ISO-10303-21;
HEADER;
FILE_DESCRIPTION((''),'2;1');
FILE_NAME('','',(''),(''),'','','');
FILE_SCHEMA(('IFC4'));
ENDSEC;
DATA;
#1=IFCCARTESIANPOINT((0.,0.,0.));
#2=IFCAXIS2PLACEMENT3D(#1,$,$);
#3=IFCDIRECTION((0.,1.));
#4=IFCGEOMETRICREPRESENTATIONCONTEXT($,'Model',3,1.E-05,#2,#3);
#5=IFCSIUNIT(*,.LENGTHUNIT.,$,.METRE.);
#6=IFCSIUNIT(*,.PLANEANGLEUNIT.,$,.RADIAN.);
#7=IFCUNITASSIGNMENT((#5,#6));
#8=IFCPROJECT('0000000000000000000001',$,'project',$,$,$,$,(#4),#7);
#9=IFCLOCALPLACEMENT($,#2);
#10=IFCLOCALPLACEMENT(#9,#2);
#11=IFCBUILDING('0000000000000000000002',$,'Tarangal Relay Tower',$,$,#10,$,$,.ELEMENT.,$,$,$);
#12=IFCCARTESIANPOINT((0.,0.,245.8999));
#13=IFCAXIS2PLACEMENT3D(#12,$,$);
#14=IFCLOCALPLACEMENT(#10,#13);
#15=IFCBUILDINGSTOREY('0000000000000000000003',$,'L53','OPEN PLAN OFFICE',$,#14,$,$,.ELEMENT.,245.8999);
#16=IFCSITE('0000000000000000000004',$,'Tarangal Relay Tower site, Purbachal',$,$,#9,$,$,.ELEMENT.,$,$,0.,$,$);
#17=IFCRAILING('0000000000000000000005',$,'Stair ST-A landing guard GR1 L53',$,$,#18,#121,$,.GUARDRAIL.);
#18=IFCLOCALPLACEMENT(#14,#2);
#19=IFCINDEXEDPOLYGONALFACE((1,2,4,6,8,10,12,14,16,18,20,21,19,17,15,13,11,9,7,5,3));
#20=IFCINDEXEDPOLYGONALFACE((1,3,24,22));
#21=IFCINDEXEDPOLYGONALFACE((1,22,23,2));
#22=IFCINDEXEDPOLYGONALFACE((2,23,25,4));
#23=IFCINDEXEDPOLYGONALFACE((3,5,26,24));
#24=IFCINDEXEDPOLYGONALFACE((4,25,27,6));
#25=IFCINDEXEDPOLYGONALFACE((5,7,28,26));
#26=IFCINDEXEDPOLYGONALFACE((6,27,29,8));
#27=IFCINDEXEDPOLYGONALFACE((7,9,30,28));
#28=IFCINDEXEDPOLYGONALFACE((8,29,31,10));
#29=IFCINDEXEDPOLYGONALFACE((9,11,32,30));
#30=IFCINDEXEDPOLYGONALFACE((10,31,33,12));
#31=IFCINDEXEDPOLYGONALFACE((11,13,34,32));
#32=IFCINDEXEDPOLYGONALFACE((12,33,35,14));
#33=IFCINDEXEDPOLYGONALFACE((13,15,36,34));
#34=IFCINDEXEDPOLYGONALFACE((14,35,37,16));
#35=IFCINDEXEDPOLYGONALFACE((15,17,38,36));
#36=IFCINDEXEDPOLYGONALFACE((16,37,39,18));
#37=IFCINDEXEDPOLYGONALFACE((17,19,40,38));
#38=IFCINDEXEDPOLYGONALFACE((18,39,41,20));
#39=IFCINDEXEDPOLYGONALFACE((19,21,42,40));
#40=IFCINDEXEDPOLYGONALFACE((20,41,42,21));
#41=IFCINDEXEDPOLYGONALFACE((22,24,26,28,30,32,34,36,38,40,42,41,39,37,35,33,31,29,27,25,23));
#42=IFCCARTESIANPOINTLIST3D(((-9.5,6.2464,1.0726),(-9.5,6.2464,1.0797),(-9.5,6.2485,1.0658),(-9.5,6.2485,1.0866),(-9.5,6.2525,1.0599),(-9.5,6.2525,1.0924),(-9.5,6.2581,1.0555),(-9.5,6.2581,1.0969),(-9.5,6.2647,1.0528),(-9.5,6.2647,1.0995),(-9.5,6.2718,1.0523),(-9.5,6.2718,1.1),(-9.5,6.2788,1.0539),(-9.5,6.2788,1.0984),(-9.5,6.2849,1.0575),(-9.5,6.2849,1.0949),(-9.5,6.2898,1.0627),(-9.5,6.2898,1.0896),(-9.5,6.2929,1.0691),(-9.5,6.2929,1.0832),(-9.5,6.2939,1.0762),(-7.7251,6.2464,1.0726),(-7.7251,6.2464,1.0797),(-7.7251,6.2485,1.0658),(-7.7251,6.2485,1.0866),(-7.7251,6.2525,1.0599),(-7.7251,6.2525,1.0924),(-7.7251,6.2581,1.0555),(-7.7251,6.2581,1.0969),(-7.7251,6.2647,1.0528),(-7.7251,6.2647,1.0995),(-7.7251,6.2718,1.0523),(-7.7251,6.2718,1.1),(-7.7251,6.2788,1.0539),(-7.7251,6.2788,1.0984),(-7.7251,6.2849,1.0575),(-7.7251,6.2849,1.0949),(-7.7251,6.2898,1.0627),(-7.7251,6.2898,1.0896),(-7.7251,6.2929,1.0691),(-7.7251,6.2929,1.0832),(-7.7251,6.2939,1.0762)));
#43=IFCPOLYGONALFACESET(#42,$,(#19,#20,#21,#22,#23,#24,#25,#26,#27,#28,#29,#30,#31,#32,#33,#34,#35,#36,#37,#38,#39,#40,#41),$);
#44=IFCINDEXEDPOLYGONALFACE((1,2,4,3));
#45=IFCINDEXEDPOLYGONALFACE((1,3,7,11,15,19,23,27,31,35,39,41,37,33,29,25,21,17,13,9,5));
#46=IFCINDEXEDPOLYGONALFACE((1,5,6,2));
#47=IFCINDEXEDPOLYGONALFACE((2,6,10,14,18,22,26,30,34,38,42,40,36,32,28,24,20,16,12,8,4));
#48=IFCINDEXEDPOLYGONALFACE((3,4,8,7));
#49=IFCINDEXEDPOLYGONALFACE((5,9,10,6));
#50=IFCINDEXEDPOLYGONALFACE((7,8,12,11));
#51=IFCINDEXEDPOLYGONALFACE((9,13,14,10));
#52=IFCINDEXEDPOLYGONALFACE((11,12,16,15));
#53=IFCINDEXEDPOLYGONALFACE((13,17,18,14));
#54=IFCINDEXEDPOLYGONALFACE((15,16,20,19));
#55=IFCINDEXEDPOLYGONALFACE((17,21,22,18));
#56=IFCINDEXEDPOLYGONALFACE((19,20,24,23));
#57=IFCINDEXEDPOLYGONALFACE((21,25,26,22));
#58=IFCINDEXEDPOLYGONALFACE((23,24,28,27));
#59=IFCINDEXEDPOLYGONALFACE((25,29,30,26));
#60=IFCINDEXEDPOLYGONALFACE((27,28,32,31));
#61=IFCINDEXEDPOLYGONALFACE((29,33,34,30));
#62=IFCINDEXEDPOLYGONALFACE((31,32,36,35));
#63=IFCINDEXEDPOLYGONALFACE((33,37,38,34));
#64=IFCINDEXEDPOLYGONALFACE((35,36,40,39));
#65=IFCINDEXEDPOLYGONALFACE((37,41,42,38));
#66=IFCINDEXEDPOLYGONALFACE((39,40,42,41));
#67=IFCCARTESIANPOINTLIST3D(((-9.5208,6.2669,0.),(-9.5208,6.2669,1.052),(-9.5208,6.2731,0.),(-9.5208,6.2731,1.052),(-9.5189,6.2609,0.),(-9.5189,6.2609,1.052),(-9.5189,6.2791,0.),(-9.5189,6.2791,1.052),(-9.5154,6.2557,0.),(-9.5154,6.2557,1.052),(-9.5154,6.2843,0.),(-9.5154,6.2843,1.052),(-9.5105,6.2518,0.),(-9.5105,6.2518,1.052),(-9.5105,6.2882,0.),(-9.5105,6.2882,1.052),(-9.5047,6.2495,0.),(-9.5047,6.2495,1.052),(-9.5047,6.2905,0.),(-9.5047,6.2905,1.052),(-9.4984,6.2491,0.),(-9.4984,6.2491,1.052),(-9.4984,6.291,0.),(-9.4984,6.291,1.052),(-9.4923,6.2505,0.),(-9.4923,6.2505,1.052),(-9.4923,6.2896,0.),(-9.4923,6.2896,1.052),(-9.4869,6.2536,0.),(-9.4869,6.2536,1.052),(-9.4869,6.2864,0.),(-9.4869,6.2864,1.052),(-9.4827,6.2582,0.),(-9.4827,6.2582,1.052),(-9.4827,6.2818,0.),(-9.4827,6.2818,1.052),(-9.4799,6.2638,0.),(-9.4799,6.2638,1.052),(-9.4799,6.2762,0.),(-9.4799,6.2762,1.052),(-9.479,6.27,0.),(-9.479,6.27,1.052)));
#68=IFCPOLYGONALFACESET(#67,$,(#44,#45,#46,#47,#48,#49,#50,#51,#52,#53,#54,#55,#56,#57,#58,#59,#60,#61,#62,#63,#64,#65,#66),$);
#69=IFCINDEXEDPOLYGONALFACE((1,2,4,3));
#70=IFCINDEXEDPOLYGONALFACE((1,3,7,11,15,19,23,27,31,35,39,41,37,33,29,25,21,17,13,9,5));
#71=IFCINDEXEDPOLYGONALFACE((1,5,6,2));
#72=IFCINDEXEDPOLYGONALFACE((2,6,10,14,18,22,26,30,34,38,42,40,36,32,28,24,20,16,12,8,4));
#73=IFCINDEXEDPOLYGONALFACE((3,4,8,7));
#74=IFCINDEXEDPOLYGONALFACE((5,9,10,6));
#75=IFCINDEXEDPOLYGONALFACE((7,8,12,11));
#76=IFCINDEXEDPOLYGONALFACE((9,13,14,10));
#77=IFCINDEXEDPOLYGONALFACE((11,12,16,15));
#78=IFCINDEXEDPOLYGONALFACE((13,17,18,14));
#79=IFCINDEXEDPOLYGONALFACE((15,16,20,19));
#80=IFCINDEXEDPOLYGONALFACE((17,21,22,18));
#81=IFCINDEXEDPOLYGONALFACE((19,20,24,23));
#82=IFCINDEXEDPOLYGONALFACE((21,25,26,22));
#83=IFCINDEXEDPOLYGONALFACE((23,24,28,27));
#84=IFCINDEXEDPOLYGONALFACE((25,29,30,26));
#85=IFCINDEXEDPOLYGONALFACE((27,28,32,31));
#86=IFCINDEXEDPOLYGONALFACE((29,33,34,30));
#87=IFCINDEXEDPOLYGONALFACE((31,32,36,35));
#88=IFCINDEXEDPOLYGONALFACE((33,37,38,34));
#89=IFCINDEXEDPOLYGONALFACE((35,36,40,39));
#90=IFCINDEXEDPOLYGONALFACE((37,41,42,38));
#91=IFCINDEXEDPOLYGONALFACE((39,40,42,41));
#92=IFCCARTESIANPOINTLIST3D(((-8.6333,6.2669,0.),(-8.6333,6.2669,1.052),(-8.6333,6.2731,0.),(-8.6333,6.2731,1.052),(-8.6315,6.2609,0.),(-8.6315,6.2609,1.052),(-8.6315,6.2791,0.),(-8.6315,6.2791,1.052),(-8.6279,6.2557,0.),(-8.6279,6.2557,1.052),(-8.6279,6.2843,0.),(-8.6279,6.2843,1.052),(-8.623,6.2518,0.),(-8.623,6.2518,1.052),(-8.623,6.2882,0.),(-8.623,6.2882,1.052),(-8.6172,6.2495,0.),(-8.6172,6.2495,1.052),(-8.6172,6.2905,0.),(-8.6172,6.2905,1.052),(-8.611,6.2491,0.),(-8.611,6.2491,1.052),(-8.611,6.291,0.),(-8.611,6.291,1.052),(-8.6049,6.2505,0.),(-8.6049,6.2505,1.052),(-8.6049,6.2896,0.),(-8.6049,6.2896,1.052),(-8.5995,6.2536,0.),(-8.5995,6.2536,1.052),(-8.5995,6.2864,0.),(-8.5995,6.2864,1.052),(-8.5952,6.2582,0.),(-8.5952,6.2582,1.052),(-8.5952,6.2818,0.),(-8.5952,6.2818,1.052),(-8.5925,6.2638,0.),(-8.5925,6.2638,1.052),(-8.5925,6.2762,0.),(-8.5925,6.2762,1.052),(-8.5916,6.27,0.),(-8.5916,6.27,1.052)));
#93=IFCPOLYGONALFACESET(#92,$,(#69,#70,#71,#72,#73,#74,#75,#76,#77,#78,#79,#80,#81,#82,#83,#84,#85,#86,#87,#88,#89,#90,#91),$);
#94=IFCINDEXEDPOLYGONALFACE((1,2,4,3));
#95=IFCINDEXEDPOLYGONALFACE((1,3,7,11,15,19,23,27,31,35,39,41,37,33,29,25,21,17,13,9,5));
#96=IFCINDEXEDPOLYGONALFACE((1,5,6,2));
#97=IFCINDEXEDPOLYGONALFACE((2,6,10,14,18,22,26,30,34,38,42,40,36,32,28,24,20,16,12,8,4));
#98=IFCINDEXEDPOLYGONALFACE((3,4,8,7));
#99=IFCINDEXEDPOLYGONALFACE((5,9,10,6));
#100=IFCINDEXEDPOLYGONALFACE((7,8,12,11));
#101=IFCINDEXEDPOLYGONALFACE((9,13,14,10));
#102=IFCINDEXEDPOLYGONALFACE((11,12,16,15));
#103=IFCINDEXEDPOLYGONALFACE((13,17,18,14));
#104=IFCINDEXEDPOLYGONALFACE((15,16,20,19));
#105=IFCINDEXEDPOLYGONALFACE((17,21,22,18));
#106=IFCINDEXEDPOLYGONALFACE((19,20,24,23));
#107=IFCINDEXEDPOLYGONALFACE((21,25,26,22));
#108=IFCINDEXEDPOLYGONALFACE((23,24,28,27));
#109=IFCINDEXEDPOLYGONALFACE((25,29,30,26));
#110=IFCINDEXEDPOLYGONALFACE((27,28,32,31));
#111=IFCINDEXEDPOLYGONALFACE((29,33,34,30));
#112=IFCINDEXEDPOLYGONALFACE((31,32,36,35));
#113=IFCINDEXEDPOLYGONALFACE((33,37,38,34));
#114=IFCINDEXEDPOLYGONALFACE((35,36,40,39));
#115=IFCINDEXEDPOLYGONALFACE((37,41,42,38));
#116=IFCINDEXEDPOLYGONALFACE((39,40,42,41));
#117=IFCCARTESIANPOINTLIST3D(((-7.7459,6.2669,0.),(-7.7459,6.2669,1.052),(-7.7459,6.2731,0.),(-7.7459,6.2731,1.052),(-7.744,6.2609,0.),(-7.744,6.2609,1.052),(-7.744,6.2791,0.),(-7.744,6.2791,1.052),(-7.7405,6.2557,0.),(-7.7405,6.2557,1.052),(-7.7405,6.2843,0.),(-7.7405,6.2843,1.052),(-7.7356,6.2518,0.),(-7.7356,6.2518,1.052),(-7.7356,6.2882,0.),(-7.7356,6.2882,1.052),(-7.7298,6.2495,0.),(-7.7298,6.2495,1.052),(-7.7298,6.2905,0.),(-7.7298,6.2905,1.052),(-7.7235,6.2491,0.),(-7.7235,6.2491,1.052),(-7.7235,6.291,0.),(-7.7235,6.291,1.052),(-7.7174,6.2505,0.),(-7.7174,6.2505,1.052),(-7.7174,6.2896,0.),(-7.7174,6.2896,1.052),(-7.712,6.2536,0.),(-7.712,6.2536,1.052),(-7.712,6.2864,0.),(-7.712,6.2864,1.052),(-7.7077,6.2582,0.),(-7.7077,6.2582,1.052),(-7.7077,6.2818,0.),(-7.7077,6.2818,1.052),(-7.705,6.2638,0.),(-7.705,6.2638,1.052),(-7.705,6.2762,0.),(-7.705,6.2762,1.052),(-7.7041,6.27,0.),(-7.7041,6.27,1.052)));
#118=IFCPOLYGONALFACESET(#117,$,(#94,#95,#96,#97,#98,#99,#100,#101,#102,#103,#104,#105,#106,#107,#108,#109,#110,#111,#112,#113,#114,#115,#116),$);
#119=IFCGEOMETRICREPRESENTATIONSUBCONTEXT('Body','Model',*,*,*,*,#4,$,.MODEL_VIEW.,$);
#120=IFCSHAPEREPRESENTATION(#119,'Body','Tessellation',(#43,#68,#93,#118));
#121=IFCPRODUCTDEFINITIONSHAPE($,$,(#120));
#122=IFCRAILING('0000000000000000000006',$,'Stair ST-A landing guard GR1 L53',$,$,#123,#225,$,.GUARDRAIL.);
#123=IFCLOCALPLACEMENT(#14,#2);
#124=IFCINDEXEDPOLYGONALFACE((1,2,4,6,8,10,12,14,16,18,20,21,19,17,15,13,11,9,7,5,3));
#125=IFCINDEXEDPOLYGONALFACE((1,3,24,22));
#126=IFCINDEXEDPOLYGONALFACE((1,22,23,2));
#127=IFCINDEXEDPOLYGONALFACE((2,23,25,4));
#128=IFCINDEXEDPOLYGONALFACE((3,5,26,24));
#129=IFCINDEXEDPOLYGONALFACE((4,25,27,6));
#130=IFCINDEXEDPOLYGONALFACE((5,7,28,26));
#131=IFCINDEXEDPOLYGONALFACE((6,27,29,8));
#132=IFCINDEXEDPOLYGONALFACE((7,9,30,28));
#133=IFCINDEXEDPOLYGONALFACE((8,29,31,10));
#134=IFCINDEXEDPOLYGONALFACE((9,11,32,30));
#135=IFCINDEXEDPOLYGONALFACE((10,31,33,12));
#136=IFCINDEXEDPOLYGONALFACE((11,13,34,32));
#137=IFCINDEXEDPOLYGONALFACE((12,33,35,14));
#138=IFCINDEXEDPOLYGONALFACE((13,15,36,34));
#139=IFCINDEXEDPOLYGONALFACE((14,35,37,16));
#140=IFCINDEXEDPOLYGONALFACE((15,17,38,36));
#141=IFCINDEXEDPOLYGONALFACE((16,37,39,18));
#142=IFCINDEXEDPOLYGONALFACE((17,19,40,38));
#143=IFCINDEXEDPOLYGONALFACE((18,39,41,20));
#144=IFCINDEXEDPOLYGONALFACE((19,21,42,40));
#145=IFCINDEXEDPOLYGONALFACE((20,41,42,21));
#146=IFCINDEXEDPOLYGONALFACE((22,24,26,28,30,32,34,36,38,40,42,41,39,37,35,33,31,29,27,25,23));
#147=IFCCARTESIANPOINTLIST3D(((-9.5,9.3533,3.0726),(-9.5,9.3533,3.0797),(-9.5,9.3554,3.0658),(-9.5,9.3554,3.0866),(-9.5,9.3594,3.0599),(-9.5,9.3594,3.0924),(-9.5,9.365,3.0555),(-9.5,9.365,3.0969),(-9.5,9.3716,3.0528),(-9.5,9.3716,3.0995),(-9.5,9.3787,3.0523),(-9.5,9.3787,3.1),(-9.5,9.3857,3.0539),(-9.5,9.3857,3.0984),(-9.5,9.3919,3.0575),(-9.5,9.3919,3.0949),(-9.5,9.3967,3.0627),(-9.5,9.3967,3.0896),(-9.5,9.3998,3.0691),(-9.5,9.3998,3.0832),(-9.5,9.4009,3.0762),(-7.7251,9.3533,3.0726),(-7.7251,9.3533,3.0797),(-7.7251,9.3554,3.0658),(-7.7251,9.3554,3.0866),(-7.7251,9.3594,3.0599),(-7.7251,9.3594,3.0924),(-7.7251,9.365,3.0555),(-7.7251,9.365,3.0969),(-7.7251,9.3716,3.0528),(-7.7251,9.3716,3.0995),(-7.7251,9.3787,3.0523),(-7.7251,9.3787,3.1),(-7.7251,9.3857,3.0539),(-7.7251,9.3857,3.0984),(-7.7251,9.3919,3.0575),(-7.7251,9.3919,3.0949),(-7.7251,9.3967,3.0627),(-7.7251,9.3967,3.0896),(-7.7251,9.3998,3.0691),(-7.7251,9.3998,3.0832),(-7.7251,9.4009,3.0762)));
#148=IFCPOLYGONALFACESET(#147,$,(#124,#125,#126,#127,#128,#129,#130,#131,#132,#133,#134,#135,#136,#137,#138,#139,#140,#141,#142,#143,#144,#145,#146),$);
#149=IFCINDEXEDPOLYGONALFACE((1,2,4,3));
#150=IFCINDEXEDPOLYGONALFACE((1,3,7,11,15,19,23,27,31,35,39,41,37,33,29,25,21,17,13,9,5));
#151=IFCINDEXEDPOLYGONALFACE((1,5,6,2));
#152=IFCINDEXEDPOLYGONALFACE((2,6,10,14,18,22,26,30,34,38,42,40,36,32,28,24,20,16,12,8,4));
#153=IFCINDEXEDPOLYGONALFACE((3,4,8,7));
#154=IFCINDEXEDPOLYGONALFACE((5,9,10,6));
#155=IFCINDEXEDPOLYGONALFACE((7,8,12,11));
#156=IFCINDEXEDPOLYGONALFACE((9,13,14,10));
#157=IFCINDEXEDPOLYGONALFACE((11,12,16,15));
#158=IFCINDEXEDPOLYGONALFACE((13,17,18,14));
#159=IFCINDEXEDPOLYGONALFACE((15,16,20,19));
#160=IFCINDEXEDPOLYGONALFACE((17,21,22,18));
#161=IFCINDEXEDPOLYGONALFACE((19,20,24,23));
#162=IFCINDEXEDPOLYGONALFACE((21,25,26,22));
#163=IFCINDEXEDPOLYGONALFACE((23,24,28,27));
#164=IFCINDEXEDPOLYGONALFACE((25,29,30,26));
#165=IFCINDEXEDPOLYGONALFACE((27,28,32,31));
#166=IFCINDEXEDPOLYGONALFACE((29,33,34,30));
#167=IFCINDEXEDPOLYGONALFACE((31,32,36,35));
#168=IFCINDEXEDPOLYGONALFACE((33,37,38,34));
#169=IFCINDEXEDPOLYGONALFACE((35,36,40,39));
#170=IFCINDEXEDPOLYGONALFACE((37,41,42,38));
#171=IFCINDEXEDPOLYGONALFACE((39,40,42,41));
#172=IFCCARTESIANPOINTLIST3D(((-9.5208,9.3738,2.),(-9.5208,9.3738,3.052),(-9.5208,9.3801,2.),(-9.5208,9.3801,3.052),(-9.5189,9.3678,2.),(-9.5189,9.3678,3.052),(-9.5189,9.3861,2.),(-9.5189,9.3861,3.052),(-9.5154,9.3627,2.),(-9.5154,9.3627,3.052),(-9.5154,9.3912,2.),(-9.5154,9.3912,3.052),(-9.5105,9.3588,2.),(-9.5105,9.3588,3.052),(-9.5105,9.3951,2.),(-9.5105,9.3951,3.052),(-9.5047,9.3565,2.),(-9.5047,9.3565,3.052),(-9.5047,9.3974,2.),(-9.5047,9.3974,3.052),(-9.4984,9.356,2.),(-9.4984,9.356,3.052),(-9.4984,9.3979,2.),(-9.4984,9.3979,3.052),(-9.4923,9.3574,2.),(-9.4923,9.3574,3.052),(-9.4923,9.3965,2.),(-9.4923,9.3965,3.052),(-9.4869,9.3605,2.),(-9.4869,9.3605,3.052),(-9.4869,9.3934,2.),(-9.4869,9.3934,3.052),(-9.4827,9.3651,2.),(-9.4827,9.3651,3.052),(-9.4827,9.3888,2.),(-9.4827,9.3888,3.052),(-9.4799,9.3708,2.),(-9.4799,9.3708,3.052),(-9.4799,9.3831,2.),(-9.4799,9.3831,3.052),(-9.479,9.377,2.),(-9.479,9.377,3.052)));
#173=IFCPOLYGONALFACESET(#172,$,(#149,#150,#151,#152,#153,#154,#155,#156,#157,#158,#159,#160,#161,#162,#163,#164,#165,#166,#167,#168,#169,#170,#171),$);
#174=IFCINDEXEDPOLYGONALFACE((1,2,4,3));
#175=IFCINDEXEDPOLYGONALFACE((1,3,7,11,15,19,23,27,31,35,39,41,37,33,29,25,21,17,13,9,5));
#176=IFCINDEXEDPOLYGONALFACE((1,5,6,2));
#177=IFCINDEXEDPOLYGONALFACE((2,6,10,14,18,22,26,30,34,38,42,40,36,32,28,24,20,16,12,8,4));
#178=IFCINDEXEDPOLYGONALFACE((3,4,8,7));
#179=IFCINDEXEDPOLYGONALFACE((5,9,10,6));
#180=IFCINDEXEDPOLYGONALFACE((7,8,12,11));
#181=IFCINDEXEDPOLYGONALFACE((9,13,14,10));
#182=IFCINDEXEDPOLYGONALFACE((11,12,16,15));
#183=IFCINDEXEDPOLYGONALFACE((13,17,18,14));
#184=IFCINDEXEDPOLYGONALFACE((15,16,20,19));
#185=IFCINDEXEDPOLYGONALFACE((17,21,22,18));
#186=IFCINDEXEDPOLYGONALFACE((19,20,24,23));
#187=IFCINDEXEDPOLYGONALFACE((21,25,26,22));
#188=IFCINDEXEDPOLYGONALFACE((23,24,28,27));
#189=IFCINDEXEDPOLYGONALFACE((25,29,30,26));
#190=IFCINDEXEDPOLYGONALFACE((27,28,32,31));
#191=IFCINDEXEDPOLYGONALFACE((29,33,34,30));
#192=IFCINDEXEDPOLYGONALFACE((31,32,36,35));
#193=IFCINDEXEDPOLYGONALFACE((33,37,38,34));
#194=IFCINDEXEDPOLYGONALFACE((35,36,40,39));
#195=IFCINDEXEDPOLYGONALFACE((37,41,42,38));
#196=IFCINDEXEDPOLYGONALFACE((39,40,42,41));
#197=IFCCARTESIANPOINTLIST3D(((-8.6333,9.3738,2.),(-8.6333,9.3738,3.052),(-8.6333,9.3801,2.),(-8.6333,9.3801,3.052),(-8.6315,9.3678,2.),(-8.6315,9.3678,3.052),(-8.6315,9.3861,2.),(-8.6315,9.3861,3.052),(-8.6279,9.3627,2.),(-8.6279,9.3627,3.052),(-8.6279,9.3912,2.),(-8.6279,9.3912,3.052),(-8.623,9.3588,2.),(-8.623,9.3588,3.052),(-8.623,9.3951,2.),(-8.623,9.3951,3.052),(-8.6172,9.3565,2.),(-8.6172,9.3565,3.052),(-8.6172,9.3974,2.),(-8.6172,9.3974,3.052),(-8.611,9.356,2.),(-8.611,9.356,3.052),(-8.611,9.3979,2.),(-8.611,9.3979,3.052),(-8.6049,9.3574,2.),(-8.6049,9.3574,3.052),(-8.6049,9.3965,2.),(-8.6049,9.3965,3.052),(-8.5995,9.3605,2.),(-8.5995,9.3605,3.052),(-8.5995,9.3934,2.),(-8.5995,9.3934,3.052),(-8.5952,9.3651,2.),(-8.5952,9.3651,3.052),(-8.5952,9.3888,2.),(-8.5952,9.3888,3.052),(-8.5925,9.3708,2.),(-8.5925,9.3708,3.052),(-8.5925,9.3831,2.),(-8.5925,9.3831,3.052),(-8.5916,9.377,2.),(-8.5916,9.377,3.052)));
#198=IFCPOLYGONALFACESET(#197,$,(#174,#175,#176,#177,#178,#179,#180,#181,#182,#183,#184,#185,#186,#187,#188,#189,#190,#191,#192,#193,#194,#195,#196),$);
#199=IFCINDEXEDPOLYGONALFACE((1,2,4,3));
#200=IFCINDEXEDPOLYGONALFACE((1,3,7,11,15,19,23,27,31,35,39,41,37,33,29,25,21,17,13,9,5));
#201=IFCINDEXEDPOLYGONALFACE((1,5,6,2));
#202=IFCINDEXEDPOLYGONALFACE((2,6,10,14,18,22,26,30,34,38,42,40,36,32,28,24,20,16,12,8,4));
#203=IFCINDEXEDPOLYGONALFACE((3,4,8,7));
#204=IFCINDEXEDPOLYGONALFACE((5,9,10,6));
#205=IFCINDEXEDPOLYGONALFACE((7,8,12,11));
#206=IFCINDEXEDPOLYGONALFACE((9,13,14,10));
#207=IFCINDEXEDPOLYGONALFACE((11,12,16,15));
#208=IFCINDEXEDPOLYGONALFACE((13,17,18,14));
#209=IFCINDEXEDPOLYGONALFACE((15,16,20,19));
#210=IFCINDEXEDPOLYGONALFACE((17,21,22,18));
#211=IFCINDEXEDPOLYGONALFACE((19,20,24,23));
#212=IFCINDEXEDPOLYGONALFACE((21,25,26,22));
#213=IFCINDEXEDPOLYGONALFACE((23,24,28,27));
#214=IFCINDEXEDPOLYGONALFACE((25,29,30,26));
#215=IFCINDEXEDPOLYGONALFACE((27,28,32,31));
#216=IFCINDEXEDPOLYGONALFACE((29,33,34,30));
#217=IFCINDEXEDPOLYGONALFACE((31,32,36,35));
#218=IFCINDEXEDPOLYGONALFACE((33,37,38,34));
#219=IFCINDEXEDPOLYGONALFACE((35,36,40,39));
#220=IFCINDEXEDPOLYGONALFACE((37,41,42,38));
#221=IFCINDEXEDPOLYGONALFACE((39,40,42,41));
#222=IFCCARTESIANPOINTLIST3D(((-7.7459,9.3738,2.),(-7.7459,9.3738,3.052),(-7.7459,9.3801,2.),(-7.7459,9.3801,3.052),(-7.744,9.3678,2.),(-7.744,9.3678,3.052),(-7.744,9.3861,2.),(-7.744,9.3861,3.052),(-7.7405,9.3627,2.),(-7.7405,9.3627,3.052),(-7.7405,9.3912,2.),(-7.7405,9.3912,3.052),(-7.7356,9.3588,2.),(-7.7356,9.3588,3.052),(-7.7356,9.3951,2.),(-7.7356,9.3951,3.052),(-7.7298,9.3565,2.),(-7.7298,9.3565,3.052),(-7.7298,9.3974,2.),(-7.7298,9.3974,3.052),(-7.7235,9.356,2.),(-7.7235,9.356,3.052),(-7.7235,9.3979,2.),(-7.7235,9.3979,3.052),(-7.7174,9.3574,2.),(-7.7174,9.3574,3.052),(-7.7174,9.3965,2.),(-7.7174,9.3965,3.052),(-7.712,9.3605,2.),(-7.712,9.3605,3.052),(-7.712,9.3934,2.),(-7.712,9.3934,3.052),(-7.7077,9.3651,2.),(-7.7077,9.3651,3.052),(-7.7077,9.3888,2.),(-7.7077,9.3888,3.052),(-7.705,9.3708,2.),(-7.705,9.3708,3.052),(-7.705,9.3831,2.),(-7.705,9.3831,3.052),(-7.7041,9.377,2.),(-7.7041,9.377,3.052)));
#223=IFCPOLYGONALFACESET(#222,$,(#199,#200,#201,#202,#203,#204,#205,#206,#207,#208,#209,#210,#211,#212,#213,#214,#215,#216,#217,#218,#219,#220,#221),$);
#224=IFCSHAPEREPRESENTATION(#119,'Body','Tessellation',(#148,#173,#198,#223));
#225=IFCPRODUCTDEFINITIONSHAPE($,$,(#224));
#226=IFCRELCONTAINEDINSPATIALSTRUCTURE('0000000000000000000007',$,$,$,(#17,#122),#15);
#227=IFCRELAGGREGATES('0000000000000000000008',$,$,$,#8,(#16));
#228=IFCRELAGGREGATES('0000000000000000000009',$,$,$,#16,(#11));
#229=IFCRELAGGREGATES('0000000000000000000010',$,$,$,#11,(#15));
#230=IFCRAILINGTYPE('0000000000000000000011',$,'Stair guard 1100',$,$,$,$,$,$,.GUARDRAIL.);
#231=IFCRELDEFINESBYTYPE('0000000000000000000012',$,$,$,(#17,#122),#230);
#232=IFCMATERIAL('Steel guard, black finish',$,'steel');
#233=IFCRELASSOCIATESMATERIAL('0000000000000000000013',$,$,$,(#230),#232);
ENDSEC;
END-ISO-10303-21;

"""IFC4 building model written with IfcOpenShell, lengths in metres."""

from ifc_helpers import new_model, si_unit, direction, frame, origin, origin_2d, place, context, subcontext, project, spatial, circle, extrude, material, type_object, element, save


model = new_model("IFC4")

# Units and contexts
model_context = context("Model", 3, precision=1e-05, world=origin(), true_north=direction((0.0, 1.0)))
body_context = subcontext(model_context, "Body", "Model", "MODEL_VIEW")
ifc_project = project(units=[si_unit("LENGTHUNIT", "METRE"), si_unit("PLANEANGLEUNIT", "RADIAN")], contexts=[model_context])

# Site, building, storey
site_placement = place(None, origin())
site = spatial("IfcSite", under=ifc_project, at=site_placement, Name="Tarangal Relay Tower site, Purbachal", CompositionType="ELEMENT", RefElevation=0.0)
building_placement = place(site_placement, origin())
building = spatial("IfcBuilding", under=site, at=building_placement, Name="Tarangal Relay Tower", CompositionType="ELEMENT")
storey_placement = place(building_placement, frame((0.0, 0.0, 245.8999)))
storey = spatial("IfcBuildingStorey", under=building, at=storey_placement, Name="L53", Description="OPEN PLAN OFFICE", CompositionType="ELEMENT", Elevation=245.8999)

# Railings
ifc_material_1 = material(Name="Steel guard, black finish", Category="steel")
railing_type_1 = type_object("IfcRailingType", Name="Stair guard 1100", PredefinedType="GUARDRAIL", material=ifc_material_1)
for number, where, name in (
    (1, (-9.5, 6.27, 0.0), "Stair ST-A landing guard GR1 L53"),
    (2, (-9.5, 9.377, 2.0), "Stair ST-A landing guard GR1 L53"),
):
    element("IfcRailing", number, at=place(storey_placement, frame(where)), inside=storey, type_object=railing_type_1, Name=name, PredefinedType="GUARDRAIL", context=body_context, shape_type="SweptSolid", body=[
        extrude(circle(Radius=0.0239, at=origin_2d()), frame((0.0, 0.0, 1.0762), z_axis=(1.0, 0.0, 0.0), x_axis=(0.0, 1.0, 0.0)), (0.0, 0.0, 1.0), 1.7749),
        extrude(circle(Radius=0.021, at=origin_2d()), origin(), (0.0, 0.0, 1.0), 1.052),
        extrude(circle(Radius=0.021, at=origin_2d()), frame((0.8875, 0.0, 0.0)), (0.0, 0.0, 1.0), 1.052),
        extrude(circle(Radius=0.021, at=origin_2d()), frame((1.7749, 0.0, 0.0)), (0.0, 0.0, 1.0), 1.052),
    ])

save(model, "model.ifc")
